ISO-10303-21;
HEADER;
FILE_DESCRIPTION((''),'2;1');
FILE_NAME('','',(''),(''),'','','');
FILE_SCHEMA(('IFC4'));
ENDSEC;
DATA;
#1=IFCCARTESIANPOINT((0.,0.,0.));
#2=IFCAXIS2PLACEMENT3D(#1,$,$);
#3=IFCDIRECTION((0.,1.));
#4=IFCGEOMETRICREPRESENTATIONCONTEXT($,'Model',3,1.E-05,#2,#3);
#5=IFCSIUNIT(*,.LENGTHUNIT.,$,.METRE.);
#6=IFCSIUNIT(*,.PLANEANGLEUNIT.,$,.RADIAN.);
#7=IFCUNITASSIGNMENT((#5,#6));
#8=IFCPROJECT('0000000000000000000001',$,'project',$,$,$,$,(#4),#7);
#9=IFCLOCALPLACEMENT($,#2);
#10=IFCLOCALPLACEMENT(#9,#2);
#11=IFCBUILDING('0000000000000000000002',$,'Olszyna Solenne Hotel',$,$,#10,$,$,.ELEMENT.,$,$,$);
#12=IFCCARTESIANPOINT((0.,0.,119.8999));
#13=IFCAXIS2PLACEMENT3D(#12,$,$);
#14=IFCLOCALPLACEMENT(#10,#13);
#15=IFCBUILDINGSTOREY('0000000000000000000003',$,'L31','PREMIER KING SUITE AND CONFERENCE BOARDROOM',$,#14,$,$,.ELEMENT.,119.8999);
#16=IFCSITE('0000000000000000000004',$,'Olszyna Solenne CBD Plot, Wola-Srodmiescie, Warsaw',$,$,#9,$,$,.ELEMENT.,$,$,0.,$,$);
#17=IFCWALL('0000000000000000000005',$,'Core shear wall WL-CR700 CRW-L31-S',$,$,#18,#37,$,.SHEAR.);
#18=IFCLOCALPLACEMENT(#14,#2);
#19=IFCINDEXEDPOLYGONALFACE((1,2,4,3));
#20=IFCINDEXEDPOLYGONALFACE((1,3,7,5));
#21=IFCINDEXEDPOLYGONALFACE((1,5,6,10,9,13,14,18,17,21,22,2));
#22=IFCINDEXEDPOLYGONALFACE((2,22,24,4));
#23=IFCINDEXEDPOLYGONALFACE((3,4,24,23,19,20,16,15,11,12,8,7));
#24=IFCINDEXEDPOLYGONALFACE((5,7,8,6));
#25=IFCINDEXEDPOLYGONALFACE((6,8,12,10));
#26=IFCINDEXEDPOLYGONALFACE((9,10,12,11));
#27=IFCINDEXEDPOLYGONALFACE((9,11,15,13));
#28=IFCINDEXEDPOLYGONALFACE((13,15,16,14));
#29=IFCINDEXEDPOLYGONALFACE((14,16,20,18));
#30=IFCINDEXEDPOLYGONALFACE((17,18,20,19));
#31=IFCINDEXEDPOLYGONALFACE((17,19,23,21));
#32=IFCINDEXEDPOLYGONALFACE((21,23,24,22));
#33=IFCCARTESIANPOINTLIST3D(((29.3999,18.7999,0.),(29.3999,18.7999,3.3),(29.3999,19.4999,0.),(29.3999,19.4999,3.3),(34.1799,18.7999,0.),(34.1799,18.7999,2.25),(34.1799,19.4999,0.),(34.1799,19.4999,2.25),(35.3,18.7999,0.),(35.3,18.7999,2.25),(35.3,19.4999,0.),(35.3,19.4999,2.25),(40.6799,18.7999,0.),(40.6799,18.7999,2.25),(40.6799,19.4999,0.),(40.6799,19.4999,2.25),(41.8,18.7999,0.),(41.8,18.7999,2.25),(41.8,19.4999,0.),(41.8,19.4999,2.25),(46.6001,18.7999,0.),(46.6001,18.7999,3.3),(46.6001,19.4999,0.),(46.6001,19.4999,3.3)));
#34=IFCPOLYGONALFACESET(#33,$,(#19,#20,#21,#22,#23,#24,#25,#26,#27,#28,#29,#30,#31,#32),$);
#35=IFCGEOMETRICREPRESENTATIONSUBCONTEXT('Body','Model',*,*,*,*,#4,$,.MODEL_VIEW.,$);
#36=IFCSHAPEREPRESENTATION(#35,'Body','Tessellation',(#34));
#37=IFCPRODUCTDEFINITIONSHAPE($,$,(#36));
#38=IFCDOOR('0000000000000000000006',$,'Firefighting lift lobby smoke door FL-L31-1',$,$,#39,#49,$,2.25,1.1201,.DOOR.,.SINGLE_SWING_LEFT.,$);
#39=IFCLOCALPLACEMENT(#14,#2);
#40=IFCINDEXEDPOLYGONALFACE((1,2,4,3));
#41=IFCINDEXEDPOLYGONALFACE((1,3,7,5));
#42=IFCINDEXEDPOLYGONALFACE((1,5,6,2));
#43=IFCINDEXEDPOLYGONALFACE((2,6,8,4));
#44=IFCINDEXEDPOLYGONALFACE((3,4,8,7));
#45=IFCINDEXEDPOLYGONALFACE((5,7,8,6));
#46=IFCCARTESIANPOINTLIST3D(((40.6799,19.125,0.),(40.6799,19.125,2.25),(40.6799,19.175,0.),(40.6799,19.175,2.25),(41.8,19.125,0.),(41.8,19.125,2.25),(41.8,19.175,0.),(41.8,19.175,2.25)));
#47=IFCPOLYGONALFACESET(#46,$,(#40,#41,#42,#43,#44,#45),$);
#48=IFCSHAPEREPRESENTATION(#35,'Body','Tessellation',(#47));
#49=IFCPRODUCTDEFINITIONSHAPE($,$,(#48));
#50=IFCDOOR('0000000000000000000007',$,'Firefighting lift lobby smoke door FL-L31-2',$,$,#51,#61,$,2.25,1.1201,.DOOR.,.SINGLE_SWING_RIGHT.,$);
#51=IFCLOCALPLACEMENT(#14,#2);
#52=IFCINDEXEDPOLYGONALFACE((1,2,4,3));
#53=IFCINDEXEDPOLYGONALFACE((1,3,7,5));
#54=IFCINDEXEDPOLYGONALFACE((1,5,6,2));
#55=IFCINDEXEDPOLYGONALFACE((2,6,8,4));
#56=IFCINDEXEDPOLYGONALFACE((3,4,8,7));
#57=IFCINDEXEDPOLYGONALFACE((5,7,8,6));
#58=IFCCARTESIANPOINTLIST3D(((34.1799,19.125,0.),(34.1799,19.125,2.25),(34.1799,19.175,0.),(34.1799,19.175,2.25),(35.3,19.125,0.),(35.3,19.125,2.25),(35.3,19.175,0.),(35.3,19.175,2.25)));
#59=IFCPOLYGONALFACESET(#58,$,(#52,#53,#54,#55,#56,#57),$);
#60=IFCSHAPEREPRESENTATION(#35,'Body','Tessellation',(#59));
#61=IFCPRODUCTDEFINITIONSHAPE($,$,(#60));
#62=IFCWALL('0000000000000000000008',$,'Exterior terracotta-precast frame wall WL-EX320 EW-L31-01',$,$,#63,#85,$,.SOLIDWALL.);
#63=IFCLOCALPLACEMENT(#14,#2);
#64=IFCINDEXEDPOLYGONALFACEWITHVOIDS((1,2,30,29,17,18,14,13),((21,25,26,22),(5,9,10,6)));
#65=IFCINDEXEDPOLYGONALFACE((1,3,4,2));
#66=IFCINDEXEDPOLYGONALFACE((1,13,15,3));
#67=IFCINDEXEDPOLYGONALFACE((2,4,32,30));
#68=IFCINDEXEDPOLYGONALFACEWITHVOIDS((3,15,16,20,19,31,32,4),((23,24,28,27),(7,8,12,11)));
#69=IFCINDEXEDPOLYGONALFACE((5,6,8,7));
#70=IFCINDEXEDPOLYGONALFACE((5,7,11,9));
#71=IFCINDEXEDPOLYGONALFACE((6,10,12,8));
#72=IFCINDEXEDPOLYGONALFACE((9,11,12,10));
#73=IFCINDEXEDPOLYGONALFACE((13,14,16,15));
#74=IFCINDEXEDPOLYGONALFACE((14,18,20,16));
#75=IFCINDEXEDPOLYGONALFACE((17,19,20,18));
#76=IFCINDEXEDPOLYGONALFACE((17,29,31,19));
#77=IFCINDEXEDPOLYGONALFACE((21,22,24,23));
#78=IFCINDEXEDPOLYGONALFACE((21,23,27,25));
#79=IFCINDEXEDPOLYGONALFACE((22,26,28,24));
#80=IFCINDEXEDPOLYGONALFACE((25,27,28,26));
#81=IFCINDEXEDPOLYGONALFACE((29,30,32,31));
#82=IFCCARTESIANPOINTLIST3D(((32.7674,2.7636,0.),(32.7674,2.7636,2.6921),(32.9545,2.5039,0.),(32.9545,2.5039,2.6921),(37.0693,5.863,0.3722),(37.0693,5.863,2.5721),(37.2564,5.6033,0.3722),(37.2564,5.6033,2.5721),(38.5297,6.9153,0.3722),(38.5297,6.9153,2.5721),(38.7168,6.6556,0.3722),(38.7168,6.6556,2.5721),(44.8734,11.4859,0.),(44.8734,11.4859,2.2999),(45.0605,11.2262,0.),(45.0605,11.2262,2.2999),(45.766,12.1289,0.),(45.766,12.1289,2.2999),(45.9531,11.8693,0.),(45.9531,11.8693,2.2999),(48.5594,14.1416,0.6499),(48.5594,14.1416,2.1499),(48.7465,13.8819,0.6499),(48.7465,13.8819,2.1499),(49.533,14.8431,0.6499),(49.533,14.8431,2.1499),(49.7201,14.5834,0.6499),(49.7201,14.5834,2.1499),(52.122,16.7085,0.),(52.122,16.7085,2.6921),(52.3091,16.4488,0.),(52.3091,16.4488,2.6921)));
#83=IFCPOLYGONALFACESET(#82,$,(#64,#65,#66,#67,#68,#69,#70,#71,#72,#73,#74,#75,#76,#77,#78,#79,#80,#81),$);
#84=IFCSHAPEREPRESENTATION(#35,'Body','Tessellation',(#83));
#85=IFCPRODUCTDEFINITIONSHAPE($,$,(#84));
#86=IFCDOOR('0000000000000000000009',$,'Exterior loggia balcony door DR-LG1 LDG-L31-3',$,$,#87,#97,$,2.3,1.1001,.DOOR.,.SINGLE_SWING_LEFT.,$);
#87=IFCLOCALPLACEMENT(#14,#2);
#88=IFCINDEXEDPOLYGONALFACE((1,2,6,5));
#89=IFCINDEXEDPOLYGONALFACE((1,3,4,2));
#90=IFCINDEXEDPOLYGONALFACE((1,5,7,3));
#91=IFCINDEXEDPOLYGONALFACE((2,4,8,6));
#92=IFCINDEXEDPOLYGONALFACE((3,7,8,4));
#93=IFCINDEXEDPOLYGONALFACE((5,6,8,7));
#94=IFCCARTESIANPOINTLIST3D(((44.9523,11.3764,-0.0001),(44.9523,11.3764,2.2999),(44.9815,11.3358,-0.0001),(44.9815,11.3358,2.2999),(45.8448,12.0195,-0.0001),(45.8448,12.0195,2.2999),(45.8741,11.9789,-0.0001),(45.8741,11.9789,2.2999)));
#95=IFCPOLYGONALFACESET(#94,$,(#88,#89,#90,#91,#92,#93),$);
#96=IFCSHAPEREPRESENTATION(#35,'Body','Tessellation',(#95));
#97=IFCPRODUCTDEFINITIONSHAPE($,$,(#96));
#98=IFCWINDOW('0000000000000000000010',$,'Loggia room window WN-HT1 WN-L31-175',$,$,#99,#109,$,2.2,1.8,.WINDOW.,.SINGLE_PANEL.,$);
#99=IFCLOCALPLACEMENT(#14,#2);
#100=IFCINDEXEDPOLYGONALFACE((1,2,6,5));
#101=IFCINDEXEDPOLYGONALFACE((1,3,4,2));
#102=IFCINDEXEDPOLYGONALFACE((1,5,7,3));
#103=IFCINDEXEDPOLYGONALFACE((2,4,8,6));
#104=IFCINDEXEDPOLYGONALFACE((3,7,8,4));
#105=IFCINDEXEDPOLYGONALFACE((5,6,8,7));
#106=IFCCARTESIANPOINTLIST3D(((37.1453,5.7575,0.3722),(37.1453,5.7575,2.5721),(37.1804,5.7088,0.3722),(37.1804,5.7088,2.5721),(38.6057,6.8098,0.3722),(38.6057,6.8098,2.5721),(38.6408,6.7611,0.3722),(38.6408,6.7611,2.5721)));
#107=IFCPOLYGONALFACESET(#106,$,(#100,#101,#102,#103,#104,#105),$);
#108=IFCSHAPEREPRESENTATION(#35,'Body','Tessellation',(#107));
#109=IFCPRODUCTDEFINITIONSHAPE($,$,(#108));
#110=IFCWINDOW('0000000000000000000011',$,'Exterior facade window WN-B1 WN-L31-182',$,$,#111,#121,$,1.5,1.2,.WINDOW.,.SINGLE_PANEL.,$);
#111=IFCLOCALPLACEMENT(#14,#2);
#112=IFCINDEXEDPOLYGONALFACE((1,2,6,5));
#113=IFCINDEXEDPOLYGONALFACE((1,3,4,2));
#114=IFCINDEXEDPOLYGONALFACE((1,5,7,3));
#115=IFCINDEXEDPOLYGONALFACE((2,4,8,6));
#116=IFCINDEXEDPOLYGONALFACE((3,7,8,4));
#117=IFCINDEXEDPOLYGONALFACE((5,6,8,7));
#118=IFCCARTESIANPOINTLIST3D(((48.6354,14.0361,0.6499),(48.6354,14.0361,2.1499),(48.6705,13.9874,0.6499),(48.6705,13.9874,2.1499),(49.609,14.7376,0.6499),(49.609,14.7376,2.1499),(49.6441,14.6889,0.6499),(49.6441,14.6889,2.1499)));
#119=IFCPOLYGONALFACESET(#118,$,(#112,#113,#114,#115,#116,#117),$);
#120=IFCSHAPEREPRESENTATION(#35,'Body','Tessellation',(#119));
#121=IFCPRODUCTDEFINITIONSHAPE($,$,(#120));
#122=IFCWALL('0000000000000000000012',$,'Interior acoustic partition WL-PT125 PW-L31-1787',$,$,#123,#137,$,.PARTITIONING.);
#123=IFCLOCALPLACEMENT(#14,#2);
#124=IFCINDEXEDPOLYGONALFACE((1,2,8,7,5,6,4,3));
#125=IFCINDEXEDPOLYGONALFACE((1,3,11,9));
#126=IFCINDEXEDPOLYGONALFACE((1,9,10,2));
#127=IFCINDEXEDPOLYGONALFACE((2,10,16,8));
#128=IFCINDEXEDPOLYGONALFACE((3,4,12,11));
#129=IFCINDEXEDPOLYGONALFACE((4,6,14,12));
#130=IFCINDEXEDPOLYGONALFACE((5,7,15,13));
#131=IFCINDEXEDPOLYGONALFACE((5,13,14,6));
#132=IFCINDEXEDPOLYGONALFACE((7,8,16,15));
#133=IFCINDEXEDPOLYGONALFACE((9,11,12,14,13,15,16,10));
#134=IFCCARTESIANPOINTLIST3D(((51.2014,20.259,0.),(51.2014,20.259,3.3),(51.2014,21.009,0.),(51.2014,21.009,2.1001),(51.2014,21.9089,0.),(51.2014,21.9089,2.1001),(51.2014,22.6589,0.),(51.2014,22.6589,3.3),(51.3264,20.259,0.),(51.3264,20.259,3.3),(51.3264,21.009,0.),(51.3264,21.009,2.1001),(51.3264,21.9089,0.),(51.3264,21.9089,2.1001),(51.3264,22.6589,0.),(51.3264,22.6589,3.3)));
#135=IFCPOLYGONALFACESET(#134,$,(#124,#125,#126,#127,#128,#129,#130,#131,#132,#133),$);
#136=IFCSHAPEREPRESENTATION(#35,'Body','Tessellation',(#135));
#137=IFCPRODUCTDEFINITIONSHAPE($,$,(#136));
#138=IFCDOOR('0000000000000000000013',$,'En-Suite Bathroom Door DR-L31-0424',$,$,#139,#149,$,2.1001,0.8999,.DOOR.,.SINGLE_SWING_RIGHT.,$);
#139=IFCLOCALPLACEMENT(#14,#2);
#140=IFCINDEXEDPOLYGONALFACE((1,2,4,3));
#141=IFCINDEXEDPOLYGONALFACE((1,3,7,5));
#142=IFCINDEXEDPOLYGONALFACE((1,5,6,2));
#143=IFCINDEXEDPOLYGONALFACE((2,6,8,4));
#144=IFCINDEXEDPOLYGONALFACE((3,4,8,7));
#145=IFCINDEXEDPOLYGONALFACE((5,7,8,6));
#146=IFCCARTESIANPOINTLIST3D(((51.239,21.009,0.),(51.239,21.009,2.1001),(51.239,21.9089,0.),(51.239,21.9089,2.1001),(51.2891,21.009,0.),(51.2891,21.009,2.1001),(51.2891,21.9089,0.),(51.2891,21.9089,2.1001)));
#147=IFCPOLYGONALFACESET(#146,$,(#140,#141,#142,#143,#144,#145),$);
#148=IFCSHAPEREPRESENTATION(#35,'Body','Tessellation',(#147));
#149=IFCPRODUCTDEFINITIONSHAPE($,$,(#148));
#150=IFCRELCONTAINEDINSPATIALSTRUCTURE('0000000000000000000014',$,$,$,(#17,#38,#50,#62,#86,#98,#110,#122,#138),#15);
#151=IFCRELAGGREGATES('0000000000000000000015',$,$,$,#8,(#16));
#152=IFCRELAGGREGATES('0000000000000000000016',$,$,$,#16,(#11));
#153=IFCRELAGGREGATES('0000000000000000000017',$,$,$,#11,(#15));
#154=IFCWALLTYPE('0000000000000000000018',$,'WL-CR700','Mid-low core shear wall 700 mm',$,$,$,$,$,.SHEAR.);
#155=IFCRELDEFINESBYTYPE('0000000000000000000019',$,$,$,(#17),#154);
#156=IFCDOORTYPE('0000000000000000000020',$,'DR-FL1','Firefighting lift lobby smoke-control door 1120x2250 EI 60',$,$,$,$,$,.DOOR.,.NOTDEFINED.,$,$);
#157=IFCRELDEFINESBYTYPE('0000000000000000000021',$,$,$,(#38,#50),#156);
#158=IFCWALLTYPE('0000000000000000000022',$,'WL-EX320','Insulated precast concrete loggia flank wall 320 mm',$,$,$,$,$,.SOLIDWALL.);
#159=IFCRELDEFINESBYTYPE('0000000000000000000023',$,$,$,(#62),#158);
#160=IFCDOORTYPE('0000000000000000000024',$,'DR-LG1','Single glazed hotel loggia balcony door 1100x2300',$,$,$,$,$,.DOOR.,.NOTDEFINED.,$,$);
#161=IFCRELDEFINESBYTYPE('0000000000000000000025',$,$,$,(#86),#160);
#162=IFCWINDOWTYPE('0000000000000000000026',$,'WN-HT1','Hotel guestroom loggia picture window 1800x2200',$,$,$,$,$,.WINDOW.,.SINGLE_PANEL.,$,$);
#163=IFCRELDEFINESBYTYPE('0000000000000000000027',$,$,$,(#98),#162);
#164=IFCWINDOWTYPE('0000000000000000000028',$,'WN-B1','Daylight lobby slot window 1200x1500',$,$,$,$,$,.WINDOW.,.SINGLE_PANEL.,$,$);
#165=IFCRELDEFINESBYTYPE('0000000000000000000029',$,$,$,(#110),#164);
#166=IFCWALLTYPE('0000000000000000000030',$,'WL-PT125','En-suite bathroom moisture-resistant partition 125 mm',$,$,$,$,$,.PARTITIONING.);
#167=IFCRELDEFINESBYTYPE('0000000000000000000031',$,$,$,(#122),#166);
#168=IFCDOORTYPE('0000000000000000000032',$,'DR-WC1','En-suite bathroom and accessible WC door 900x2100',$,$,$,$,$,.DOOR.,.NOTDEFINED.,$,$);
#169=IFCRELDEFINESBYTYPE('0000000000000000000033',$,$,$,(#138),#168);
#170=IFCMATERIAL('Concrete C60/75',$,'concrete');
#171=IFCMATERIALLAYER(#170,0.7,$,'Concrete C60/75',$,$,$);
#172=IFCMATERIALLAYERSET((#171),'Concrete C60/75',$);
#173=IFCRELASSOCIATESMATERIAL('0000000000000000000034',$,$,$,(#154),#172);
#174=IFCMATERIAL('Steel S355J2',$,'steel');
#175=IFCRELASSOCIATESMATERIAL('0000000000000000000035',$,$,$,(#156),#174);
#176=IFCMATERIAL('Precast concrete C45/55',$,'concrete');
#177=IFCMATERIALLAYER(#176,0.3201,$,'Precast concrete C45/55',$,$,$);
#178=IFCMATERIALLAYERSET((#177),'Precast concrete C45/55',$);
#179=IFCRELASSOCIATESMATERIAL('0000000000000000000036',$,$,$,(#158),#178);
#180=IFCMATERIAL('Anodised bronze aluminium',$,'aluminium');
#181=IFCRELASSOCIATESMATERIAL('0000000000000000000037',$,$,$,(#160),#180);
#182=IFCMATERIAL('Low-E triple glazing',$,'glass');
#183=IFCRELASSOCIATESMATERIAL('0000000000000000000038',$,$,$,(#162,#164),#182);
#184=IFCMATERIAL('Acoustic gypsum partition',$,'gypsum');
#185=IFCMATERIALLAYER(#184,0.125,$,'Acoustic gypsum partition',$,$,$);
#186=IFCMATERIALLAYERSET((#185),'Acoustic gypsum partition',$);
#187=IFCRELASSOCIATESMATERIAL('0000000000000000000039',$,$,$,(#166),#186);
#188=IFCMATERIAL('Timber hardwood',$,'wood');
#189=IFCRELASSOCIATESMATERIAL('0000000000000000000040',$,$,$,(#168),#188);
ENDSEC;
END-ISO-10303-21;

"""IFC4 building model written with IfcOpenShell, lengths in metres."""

from ifc_helpers import new_model, si_unit, direction, frame, frame_2d, origin, place, context, subcontext, project, spatial, rectangle, extrude, source, transform, mapped, material, layer, layer_set, type_object, type_shapes, element, fill, save


model = new_model("IFC4")

# Units and contexts
model_context = context("Model", 3, precision=1e-05, world=origin(), true_north=direction((0.0, 1.0)))
body_context = subcontext(model_context, "Body", "Model", "MODEL_VIEW")
ifc_project = project(units=[si_unit("LENGTHUNIT", "METRE"), si_unit("PLANEANGLEUNIT", "RADIAN")], contexts=[model_context])

# Site, building, storey
site_placement = place(None, origin())
site = spatial("IfcSite", under=ifc_project, at=site_placement, Name="Olszyna Solenne CBD Plot, Wola-Srodmiescie, Warsaw", CompositionType="ELEMENT", RefElevation=0.0)
building_placement = place(site_placement, origin())
building = spatial("IfcBuilding", under=site, at=building_placement, Name="Olszyna Solenne Hotel", CompositionType="ELEMENT")
storey_placement = place(building_placement, frame((0.0, 0.0, 119.8999)))
storey = spatial("IfcBuildingStorey", under=building, at=storey_placement, Name="L31", Description="PREMIER KING SUITE AND CONFERENCE BOARDROOM", CompositionType="ELEMENT", Elevation=119.8999)

# Shared definitions
ifc_material_1 = material(Name="Steel S355J2", Category="steel")

# Wall, openings, doors
ifc_material_2 = material(Name="Concrete C60/75", Category="concrete")
ifc_layer_1 = layer(ifc_material_2, 0.7, Name="Concrete C60/75")
ifc_layer_set_1 = layer_set([ifc_layer_1], Name="Concrete C60/75")
wall_type_1 = type_object("IfcWallType", Name="WL-CR700", Description="Mid-low core shear wall 700 mm", PredefinedType="SHEAR", material=ifc_layer_set_1)
wall_1_placement = place(storey_placement, frame((46.6001, 19.1499, 0.0), z_axis=(0.0, 0.0, 1.0), x_axis=(-1.0, 0.0, 0.0)))
wall_1 = element("IfcWall", 1, at=wall_1_placement, inside=storey, type_object=wall_type_1, Name="Core shear wall WL-CR700 CRW-L31-S", PredefinedType="SHEAR", context=body_context, shape_type="SweptSolid", body=[
    extrude(rectangle(XDim=17.2002, YDim=0.7, at=frame_2d((8.6001, 0.0))), origin(), (0.0, 0.0, 1.0), 3.3),
])
opening_1_placement = place(wall_1_placement, frame((4.8, 0.0, 0.0)))
opening_1 = element("IfcOpeningElement", 2, at=opening_1_placement, cuts=wall_1, PredefinedType="OPENING", context=body_context, shape_type="SweptSolid", body=[
    extrude(rectangle(XDim=1.1201, YDim=2.25, at=frame_2d((0.5601, 1.125))), frame((0.0, 0.3599, 0.0), z_axis=(0.0, -1.0, 0.0), x_axis=(1.0, 0.0, 0.0)), (0.0, 0.0, 1.0), 0.72),
])
opening_2_placement = place(wall_1_placement, frame((11.3, 0.0, 0.0)))
opening_2 = element("IfcOpeningElement", 3, at=opening_2_placement, cuts=wall_1, PredefinedType="OPENING", context=body_context, shape_type="SweptSolid", body=[
    extrude(rectangle(XDim=1.1201, YDim=2.25, at=frame_2d((0.5601, 1.125))), frame((0.0, 0.3599, 0.0), z_axis=(0.0, -1.0, 0.0), x_axis=(1.0, 0.0, 0.0)), (0.0, 0.0, 1.0), 0.72),
])
door_type_1 = type_object("IfcDoorType", Name="DR-FL1", Description="Firefighting lift lobby smoke-control door 1120x2250 EI 60", OperationType="NOTDEFINED", PredefinedType="DOOR", material=ifc_material_1)
shared_shape_1 = source(origin(), body_context, "Body", "SweptSolid", [
    extrude(rectangle(XDim=1.1201, YDim=2.25, at=frame_2d((0.5601, 1.125))), frame((0.0, 0.0249, 0.0), z_axis=(0.0, -1.0, 0.0), x_axis=(1.0, 0.0, 0.0)), (0.0, 0.0, 1.0), 0.05),
])
type_shapes(door_type_1, [shared_shape_1])
door_1_placement = place(opening_1_placement, origin())
door_1 = element("IfcDoor", 4, at=door_1_placement, inside=storey, type_object=door_type_1, Name="Firefighting lift lobby smoke door FL-L31-1", OperationType="SINGLE_SWING_LEFT", OverallHeight=2.25, OverallWidth=1.1201, PredefinedType="DOOR", context=body_context, shape_type="MappedRepresentation", body=[
    mapped(shared_shape_1, transform((0.0, 0.0, 0.0), x_axis=(1.0, 0.0, 0.0), y_axis=(0.0, 1.0, 0.0), z_axis=(0.0, 0.0, 1.0), scale=1.0)),
])
fill(opening_1, door_1)
door_2_placement = place(opening_2_placement, origin())
door_2 = element("IfcDoor", 5, at=door_2_placement, inside=storey, type_object=door_type_1, Name="Firefighting lift lobby smoke door FL-L31-2", OperationType="SINGLE_SWING_RIGHT", OverallHeight=2.25, OverallWidth=1.1201, PredefinedType="DOOR", context=body_context, shape_type="MappedRepresentation", body=[
    mapped(shared_shape_1, transform((0.0, 0.0, 0.0), x_axis=(1.0, 0.0, 0.0), y_axis=(0.0, 1.0, 0.0), z_axis=(0.0, 0.0, 1.0), scale=1.0)),
])
fill(opening_2, door_2)

# Wall, openings, door, windows
ifc_material_3 = material(Name="Precast concrete C45/55", Category="concrete")
ifc_layer_2 = layer(ifc_material_3, 0.3201, Name="Precast concrete C45/55")
ifc_layer_set_2 = layer_set([ifc_layer_2], Name="Precast concrete C45/55")
wall_type_2 = type_object("IfcWallType", Name="WL-EX320", Description="Insulated precast concrete loggia flank wall 320 mm", PredefinedType="SOLIDWALL", material=ifc_layer_set_2)
wall_2_placement = place(storey_placement, frame((52.2156, 16.5786, 0.0), z_axis=(0.0, 0.0, 1.0), x_axis=(-0.811344, -0.584569, 0.0)))
wall_2 = element("IfcWall", 6, at=wall_2_placement, inside=storey, type_object=wall_type_2, Name="Exterior terracotta-precast frame wall WL-EX320 EW-L31-01", PredefinedType="SOLIDWALL", context=body_context, shape_type="SweptSolid", body=[
    extrude(rectangle(XDim=23.855, YDim=0.3201, at=frame_2d((11.9275, 0.0))), origin(), (0.0, 0.0, 1.0), 2.6921),
])
opening_3_placement = place(wall_2_placement, frame((7.834, 0.0, 0.0)))
opening_3 = element("IfcOpeningElement", 7, at=opening_3_placement, cuts=wall_2, PredefinedType="OPENING", context=body_context, shape_type="SweptSolid", body=[
    extrude(rectangle(XDim=1.1001, YDim=2.3, at=frame_2d((0.55, 1.1499))), frame((0.0, 0.1699, 0.0), z_axis=(0.0, -1.0, 0.0), x_axis=(1.0, 0.0, 0.0)), (0.0, 0.0, 1.0), 0.3401),
])
opening_4_placement = place(wall_2_placement, frame((16.7529, 0.0, 0.3721)))
opening_4 = element("IfcOpeningElement", 8, at=opening_4_placement, cuts=wall_2, PredefinedType="OPENING", context=body_context, shape_type="SweptSolid", body=[
    extrude(rectangle(XDim=1.8, YDim=2.2, at=frame_2d((0.8999, 1.1001))), frame((0.0, 0.1699, 0.0), z_axis=(0.0, -1.0, 0.0), x_axis=(1.0, 0.0, 0.0)), (0.0, 0.0, 1.0), 0.3401),
])
opening_5_placement = place(wall_2_placement, frame((3.1909, 0.0, 0.6499)))
opening_5 = element("IfcOpeningElement", 9, at=opening_5_placement, cuts=wall_2, PredefinedType="OPENING", context=body_context, shape_type="SweptSolid", body=[
    extrude(rectangle(XDim=1.2, YDim=1.5, at=frame_2d((0.6001, 0.75))), frame((0.0, 0.1699, 0.0), z_axis=(0.0, -1.0, 0.0), x_axis=(1.0, 0.0, 0.0)), (0.0, 0.0, 1.0), 0.3401),
])
ifc_material_4 = material(Name="Anodised bronze aluminium", Category="aluminium")
door_type_2 = type_object("IfcDoorType", Name="DR-LG1", Description="Single glazed hotel loggia balcony door 1100x2300", OperationType="NOTDEFINED", PredefinedType="DOOR", material=ifc_material_4)
shared_shape_2 = source(origin(), body_context, "Body", "SweptSolid", [
    extrude(rectangle(XDim=1.1001, YDim=2.3, at=frame_2d((0.55, 1.1499))), frame((0.0, 0.0249, 0.0), z_axis=(0.0, -1.0, 0.0), x_axis=(1.0, 0.0, 0.0)), (0.0, 0.0, 1.0), 0.05),
])
type_shapes(door_type_2, [shared_shape_2])
door_3_placement = place(opening_3_placement, origin())
door_3 = element("IfcDoor", 10, at=door_3_placement, inside=storey, type_object=door_type_2, Name="Exterior loggia balcony door DR-LG1 LDG-L31-3", OperationType="SINGLE_SWING_LEFT", OverallHeight=2.3, OverallWidth=1.1001, PredefinedType="DOOR", context=body_context, shape_type="MappedRepresentation", body=[
    mapped(shared_shape_2, transform((0.0, 0.0, 0.0), x_axis=(1.0, 0.0, 0.0), y_axis=(0.0, 1.0, 0.0), z_axis=(0.0, 0.0, 1.0), scale=1.0)),
])
fill(opening_3, door_3)
ifc_material_5 = material(Name="Low-E triple glazing", Category="glass")
window_type_1 = type_object("IfcWindowType", Name="WN-HT1", Description="Hotel guestroom loggia picture window 1800x2200", PartitioningType="SINGLE_PANEL", PredefinedType="WINDOW", material=ifc_material_5)
shared_shape_3 = source(origin(), body_context, "Body", "SweptSolid", [
    extrude(rectangle(XDim=1.8, YDim=2.2, at=frame_2d((0.8999, 1.1001))), frame((0.0, 0.03, 0.0), z_axis=(0.0, -1.0, 0.0), x_axis=(1.0, 0.0, 0.0)), (0.0, 0.0, 1.0), 0.0601),
])
type_shapes(window_type_1, [shared_shape_3])
window_1_placement = place(opening_4_placement, origin())
window_1 = element("IfcWindow", 11, at=window_1_placement, inside=storey, type_object=window_type_1, Name="Loggia room window WN-HT1 WN-L31-175", OverallHeight=2.2, OverallWidth=1.8, PartitioningType="SINGLE_PANEL", PredefinedType="WINDOW", context=body_context, shape_type="MappedRepresentation", body=[
    mapped(shared_shape_3, transform((0.0, 0.0, 0.0), x_axis=(1.0, 0.0, 0.0), y_axis=(0.0, 1.0, 0.0), z_axis=(0.0, 0.0, 1.0), scale=1.0)),
])
fill(opening_4, window_1)
window_type_2 = type_object("IfcWindowType", Name="WN-B1", Description="Daylight lobby slot window 1200x1500", PartitioningType="SINGLE_PANEL", PredefinedType="WINDOW", material=ifc_material_5)
shared_shape_4 = source(origin(), body_context, "Body", "SweptSolid", [
    extrude(rectangle(XDim=1.2, YDim=1.5, at=frame_2d((0.6001, 0.75))), frame((0.0, 0.03, 0.0), z_axis=(0.0, -1.0, 0.0), x_axis=(1.0, 0.0, 0.0)), (0.0, 0.0, 1.0), 0.0601),
])
type_shapes(window_type_2, [shared_shape_4])
window_2_placement = place(opening_5_placement, origin())
window_2 = element("IfcWindow", 12, at=window_2_placement, inside=storey, type_object=window_type_2, Name="Exterior facade window WN-B1 WN-L31-182", OverallHeight=1.5, OverallWidth=1.2, PartitioningType="SINGLE_PANEL", PredefinedType="WINDOW", context=body_context, shape_type="MappedRepresentation", body=[
    mapped(shared_shape_4, transform((0.0, 0.0, 0.0), x_axis=(1.0, 0.0, 0.0), y_axis=(0.0, 1.0, 0.0), z_axis=(0.0, 0.0, 1.0), scale=1.0)),
])
fill(opening_5, window_2)

# Wall, opening, door
ifc_material_6 = material(Name="Acoustic gypsum partition", Category="gypsum")
ifc_layer_3 = layer(ifc_material_6, 0.125, Name="Acoustic gypsum partition")
ifc_layer_set_3 = layer_set([ifc_layer_3], Name="Acoustic gypsum partition")
wall_type_3 = type_object("IfcWallType", Name="WL-PT125", Description="En-suite bathroom moisture-resistant partition 125 mm", PredefinedType="PARTITIONING", material=ifc_layer_set_3)
wall_3_placement = place(storey_placement, frame((51.2639, 20.259, 0.0), z_axis=(0.0, 0.0, 1.0), x_axis=(0.0, 1.0, 0.0)))
wall_3 = element("IfcWall", 13, at=wall_3_placement, inside=storey, type_object=wall_type_3, Name="Interior acoustic partition WL-PT125 PW-L31-1787", PredefinedType="PARTITIONING", context=body_context, shape_type="SweptSolid", body=[
    extrude(rectangle(XDim=2.3999, YDim=0.125, at=frame_2d((1.2, 0.0))), origin(), (0.0, 0.0, 1.0), 3.3),
])
opening_6_placement = place(wall_3_placement, frame((0.75, 0.0, 0.0)))
opening_6 = element("IfcOpeningElement", 14, at=opening_6_placement, cuts=wall_3, PredefinedType="OPENING", context=body_context, shape_type="SweptSolid", body=[
    extrude(rectangle(XDim=0.8999, YDim=2.1001, at=frame_2d((0.45, 1.05))), frame((0.0, 0.0725, 0.0), z_axis=(0.0, -1.0, 0.0), x_axis=(1.0, 0.0, 0.0)), (0.0, 0.0, 1.0), 0.145),
])
ifc_material_7 = material(Name="Timber hardwood", Category="wood")
door_type_3 = type_object("IfcDoorType", Name="DR-WC1", Description="En-suite bathroom and accessible WC door 900x2100", OperationType="NOTDEFINED", PredefinedType="DOOR", material=ifc_material_7)
shared_shape_5 = source(origin(), body_context, "Body", "SweptSolid", [
    extrude(rectangle(XDim=0.8999, YDim=2.1001, at=frame_2d((0.45, 1.05))), frame((0.0, 0.0249, 0.0), z_axis=(0.0, -1.0, 0.0), x_axis=(1.0, 0.0, 0.0)), (0.0, 0.0, 1.0), 0.05),
])
type_shapes(door_type_3, [shared_shape_5])
door_4_placement = place(opening_6_placement, origin())
door_4 = element("IfcDoor", 15, at=door_4_placement, inside=storey, type_object=door_type_3, Name="En-Suite Bathroom Door DR-L31-0424", OperationType="SINGLE_SWING_RIGHT", OverallHeight=2.1001, OverallWidth=0.8999, PredefinedType="DOOR", context=body_context, shape_type="MappedRepresentation", body=[
    mapped(shared_shape_5, transform((0.0, 0.0, 0.0), x_axis=(1.0, 0.0, 0.0), y_axis=(0.0, 1.0, 0.0), z_axis=(0.0, 0.0, 1.0), scale=1.0)),
])
fill(opening_6, door_4)

save(model, "model.ifc")
